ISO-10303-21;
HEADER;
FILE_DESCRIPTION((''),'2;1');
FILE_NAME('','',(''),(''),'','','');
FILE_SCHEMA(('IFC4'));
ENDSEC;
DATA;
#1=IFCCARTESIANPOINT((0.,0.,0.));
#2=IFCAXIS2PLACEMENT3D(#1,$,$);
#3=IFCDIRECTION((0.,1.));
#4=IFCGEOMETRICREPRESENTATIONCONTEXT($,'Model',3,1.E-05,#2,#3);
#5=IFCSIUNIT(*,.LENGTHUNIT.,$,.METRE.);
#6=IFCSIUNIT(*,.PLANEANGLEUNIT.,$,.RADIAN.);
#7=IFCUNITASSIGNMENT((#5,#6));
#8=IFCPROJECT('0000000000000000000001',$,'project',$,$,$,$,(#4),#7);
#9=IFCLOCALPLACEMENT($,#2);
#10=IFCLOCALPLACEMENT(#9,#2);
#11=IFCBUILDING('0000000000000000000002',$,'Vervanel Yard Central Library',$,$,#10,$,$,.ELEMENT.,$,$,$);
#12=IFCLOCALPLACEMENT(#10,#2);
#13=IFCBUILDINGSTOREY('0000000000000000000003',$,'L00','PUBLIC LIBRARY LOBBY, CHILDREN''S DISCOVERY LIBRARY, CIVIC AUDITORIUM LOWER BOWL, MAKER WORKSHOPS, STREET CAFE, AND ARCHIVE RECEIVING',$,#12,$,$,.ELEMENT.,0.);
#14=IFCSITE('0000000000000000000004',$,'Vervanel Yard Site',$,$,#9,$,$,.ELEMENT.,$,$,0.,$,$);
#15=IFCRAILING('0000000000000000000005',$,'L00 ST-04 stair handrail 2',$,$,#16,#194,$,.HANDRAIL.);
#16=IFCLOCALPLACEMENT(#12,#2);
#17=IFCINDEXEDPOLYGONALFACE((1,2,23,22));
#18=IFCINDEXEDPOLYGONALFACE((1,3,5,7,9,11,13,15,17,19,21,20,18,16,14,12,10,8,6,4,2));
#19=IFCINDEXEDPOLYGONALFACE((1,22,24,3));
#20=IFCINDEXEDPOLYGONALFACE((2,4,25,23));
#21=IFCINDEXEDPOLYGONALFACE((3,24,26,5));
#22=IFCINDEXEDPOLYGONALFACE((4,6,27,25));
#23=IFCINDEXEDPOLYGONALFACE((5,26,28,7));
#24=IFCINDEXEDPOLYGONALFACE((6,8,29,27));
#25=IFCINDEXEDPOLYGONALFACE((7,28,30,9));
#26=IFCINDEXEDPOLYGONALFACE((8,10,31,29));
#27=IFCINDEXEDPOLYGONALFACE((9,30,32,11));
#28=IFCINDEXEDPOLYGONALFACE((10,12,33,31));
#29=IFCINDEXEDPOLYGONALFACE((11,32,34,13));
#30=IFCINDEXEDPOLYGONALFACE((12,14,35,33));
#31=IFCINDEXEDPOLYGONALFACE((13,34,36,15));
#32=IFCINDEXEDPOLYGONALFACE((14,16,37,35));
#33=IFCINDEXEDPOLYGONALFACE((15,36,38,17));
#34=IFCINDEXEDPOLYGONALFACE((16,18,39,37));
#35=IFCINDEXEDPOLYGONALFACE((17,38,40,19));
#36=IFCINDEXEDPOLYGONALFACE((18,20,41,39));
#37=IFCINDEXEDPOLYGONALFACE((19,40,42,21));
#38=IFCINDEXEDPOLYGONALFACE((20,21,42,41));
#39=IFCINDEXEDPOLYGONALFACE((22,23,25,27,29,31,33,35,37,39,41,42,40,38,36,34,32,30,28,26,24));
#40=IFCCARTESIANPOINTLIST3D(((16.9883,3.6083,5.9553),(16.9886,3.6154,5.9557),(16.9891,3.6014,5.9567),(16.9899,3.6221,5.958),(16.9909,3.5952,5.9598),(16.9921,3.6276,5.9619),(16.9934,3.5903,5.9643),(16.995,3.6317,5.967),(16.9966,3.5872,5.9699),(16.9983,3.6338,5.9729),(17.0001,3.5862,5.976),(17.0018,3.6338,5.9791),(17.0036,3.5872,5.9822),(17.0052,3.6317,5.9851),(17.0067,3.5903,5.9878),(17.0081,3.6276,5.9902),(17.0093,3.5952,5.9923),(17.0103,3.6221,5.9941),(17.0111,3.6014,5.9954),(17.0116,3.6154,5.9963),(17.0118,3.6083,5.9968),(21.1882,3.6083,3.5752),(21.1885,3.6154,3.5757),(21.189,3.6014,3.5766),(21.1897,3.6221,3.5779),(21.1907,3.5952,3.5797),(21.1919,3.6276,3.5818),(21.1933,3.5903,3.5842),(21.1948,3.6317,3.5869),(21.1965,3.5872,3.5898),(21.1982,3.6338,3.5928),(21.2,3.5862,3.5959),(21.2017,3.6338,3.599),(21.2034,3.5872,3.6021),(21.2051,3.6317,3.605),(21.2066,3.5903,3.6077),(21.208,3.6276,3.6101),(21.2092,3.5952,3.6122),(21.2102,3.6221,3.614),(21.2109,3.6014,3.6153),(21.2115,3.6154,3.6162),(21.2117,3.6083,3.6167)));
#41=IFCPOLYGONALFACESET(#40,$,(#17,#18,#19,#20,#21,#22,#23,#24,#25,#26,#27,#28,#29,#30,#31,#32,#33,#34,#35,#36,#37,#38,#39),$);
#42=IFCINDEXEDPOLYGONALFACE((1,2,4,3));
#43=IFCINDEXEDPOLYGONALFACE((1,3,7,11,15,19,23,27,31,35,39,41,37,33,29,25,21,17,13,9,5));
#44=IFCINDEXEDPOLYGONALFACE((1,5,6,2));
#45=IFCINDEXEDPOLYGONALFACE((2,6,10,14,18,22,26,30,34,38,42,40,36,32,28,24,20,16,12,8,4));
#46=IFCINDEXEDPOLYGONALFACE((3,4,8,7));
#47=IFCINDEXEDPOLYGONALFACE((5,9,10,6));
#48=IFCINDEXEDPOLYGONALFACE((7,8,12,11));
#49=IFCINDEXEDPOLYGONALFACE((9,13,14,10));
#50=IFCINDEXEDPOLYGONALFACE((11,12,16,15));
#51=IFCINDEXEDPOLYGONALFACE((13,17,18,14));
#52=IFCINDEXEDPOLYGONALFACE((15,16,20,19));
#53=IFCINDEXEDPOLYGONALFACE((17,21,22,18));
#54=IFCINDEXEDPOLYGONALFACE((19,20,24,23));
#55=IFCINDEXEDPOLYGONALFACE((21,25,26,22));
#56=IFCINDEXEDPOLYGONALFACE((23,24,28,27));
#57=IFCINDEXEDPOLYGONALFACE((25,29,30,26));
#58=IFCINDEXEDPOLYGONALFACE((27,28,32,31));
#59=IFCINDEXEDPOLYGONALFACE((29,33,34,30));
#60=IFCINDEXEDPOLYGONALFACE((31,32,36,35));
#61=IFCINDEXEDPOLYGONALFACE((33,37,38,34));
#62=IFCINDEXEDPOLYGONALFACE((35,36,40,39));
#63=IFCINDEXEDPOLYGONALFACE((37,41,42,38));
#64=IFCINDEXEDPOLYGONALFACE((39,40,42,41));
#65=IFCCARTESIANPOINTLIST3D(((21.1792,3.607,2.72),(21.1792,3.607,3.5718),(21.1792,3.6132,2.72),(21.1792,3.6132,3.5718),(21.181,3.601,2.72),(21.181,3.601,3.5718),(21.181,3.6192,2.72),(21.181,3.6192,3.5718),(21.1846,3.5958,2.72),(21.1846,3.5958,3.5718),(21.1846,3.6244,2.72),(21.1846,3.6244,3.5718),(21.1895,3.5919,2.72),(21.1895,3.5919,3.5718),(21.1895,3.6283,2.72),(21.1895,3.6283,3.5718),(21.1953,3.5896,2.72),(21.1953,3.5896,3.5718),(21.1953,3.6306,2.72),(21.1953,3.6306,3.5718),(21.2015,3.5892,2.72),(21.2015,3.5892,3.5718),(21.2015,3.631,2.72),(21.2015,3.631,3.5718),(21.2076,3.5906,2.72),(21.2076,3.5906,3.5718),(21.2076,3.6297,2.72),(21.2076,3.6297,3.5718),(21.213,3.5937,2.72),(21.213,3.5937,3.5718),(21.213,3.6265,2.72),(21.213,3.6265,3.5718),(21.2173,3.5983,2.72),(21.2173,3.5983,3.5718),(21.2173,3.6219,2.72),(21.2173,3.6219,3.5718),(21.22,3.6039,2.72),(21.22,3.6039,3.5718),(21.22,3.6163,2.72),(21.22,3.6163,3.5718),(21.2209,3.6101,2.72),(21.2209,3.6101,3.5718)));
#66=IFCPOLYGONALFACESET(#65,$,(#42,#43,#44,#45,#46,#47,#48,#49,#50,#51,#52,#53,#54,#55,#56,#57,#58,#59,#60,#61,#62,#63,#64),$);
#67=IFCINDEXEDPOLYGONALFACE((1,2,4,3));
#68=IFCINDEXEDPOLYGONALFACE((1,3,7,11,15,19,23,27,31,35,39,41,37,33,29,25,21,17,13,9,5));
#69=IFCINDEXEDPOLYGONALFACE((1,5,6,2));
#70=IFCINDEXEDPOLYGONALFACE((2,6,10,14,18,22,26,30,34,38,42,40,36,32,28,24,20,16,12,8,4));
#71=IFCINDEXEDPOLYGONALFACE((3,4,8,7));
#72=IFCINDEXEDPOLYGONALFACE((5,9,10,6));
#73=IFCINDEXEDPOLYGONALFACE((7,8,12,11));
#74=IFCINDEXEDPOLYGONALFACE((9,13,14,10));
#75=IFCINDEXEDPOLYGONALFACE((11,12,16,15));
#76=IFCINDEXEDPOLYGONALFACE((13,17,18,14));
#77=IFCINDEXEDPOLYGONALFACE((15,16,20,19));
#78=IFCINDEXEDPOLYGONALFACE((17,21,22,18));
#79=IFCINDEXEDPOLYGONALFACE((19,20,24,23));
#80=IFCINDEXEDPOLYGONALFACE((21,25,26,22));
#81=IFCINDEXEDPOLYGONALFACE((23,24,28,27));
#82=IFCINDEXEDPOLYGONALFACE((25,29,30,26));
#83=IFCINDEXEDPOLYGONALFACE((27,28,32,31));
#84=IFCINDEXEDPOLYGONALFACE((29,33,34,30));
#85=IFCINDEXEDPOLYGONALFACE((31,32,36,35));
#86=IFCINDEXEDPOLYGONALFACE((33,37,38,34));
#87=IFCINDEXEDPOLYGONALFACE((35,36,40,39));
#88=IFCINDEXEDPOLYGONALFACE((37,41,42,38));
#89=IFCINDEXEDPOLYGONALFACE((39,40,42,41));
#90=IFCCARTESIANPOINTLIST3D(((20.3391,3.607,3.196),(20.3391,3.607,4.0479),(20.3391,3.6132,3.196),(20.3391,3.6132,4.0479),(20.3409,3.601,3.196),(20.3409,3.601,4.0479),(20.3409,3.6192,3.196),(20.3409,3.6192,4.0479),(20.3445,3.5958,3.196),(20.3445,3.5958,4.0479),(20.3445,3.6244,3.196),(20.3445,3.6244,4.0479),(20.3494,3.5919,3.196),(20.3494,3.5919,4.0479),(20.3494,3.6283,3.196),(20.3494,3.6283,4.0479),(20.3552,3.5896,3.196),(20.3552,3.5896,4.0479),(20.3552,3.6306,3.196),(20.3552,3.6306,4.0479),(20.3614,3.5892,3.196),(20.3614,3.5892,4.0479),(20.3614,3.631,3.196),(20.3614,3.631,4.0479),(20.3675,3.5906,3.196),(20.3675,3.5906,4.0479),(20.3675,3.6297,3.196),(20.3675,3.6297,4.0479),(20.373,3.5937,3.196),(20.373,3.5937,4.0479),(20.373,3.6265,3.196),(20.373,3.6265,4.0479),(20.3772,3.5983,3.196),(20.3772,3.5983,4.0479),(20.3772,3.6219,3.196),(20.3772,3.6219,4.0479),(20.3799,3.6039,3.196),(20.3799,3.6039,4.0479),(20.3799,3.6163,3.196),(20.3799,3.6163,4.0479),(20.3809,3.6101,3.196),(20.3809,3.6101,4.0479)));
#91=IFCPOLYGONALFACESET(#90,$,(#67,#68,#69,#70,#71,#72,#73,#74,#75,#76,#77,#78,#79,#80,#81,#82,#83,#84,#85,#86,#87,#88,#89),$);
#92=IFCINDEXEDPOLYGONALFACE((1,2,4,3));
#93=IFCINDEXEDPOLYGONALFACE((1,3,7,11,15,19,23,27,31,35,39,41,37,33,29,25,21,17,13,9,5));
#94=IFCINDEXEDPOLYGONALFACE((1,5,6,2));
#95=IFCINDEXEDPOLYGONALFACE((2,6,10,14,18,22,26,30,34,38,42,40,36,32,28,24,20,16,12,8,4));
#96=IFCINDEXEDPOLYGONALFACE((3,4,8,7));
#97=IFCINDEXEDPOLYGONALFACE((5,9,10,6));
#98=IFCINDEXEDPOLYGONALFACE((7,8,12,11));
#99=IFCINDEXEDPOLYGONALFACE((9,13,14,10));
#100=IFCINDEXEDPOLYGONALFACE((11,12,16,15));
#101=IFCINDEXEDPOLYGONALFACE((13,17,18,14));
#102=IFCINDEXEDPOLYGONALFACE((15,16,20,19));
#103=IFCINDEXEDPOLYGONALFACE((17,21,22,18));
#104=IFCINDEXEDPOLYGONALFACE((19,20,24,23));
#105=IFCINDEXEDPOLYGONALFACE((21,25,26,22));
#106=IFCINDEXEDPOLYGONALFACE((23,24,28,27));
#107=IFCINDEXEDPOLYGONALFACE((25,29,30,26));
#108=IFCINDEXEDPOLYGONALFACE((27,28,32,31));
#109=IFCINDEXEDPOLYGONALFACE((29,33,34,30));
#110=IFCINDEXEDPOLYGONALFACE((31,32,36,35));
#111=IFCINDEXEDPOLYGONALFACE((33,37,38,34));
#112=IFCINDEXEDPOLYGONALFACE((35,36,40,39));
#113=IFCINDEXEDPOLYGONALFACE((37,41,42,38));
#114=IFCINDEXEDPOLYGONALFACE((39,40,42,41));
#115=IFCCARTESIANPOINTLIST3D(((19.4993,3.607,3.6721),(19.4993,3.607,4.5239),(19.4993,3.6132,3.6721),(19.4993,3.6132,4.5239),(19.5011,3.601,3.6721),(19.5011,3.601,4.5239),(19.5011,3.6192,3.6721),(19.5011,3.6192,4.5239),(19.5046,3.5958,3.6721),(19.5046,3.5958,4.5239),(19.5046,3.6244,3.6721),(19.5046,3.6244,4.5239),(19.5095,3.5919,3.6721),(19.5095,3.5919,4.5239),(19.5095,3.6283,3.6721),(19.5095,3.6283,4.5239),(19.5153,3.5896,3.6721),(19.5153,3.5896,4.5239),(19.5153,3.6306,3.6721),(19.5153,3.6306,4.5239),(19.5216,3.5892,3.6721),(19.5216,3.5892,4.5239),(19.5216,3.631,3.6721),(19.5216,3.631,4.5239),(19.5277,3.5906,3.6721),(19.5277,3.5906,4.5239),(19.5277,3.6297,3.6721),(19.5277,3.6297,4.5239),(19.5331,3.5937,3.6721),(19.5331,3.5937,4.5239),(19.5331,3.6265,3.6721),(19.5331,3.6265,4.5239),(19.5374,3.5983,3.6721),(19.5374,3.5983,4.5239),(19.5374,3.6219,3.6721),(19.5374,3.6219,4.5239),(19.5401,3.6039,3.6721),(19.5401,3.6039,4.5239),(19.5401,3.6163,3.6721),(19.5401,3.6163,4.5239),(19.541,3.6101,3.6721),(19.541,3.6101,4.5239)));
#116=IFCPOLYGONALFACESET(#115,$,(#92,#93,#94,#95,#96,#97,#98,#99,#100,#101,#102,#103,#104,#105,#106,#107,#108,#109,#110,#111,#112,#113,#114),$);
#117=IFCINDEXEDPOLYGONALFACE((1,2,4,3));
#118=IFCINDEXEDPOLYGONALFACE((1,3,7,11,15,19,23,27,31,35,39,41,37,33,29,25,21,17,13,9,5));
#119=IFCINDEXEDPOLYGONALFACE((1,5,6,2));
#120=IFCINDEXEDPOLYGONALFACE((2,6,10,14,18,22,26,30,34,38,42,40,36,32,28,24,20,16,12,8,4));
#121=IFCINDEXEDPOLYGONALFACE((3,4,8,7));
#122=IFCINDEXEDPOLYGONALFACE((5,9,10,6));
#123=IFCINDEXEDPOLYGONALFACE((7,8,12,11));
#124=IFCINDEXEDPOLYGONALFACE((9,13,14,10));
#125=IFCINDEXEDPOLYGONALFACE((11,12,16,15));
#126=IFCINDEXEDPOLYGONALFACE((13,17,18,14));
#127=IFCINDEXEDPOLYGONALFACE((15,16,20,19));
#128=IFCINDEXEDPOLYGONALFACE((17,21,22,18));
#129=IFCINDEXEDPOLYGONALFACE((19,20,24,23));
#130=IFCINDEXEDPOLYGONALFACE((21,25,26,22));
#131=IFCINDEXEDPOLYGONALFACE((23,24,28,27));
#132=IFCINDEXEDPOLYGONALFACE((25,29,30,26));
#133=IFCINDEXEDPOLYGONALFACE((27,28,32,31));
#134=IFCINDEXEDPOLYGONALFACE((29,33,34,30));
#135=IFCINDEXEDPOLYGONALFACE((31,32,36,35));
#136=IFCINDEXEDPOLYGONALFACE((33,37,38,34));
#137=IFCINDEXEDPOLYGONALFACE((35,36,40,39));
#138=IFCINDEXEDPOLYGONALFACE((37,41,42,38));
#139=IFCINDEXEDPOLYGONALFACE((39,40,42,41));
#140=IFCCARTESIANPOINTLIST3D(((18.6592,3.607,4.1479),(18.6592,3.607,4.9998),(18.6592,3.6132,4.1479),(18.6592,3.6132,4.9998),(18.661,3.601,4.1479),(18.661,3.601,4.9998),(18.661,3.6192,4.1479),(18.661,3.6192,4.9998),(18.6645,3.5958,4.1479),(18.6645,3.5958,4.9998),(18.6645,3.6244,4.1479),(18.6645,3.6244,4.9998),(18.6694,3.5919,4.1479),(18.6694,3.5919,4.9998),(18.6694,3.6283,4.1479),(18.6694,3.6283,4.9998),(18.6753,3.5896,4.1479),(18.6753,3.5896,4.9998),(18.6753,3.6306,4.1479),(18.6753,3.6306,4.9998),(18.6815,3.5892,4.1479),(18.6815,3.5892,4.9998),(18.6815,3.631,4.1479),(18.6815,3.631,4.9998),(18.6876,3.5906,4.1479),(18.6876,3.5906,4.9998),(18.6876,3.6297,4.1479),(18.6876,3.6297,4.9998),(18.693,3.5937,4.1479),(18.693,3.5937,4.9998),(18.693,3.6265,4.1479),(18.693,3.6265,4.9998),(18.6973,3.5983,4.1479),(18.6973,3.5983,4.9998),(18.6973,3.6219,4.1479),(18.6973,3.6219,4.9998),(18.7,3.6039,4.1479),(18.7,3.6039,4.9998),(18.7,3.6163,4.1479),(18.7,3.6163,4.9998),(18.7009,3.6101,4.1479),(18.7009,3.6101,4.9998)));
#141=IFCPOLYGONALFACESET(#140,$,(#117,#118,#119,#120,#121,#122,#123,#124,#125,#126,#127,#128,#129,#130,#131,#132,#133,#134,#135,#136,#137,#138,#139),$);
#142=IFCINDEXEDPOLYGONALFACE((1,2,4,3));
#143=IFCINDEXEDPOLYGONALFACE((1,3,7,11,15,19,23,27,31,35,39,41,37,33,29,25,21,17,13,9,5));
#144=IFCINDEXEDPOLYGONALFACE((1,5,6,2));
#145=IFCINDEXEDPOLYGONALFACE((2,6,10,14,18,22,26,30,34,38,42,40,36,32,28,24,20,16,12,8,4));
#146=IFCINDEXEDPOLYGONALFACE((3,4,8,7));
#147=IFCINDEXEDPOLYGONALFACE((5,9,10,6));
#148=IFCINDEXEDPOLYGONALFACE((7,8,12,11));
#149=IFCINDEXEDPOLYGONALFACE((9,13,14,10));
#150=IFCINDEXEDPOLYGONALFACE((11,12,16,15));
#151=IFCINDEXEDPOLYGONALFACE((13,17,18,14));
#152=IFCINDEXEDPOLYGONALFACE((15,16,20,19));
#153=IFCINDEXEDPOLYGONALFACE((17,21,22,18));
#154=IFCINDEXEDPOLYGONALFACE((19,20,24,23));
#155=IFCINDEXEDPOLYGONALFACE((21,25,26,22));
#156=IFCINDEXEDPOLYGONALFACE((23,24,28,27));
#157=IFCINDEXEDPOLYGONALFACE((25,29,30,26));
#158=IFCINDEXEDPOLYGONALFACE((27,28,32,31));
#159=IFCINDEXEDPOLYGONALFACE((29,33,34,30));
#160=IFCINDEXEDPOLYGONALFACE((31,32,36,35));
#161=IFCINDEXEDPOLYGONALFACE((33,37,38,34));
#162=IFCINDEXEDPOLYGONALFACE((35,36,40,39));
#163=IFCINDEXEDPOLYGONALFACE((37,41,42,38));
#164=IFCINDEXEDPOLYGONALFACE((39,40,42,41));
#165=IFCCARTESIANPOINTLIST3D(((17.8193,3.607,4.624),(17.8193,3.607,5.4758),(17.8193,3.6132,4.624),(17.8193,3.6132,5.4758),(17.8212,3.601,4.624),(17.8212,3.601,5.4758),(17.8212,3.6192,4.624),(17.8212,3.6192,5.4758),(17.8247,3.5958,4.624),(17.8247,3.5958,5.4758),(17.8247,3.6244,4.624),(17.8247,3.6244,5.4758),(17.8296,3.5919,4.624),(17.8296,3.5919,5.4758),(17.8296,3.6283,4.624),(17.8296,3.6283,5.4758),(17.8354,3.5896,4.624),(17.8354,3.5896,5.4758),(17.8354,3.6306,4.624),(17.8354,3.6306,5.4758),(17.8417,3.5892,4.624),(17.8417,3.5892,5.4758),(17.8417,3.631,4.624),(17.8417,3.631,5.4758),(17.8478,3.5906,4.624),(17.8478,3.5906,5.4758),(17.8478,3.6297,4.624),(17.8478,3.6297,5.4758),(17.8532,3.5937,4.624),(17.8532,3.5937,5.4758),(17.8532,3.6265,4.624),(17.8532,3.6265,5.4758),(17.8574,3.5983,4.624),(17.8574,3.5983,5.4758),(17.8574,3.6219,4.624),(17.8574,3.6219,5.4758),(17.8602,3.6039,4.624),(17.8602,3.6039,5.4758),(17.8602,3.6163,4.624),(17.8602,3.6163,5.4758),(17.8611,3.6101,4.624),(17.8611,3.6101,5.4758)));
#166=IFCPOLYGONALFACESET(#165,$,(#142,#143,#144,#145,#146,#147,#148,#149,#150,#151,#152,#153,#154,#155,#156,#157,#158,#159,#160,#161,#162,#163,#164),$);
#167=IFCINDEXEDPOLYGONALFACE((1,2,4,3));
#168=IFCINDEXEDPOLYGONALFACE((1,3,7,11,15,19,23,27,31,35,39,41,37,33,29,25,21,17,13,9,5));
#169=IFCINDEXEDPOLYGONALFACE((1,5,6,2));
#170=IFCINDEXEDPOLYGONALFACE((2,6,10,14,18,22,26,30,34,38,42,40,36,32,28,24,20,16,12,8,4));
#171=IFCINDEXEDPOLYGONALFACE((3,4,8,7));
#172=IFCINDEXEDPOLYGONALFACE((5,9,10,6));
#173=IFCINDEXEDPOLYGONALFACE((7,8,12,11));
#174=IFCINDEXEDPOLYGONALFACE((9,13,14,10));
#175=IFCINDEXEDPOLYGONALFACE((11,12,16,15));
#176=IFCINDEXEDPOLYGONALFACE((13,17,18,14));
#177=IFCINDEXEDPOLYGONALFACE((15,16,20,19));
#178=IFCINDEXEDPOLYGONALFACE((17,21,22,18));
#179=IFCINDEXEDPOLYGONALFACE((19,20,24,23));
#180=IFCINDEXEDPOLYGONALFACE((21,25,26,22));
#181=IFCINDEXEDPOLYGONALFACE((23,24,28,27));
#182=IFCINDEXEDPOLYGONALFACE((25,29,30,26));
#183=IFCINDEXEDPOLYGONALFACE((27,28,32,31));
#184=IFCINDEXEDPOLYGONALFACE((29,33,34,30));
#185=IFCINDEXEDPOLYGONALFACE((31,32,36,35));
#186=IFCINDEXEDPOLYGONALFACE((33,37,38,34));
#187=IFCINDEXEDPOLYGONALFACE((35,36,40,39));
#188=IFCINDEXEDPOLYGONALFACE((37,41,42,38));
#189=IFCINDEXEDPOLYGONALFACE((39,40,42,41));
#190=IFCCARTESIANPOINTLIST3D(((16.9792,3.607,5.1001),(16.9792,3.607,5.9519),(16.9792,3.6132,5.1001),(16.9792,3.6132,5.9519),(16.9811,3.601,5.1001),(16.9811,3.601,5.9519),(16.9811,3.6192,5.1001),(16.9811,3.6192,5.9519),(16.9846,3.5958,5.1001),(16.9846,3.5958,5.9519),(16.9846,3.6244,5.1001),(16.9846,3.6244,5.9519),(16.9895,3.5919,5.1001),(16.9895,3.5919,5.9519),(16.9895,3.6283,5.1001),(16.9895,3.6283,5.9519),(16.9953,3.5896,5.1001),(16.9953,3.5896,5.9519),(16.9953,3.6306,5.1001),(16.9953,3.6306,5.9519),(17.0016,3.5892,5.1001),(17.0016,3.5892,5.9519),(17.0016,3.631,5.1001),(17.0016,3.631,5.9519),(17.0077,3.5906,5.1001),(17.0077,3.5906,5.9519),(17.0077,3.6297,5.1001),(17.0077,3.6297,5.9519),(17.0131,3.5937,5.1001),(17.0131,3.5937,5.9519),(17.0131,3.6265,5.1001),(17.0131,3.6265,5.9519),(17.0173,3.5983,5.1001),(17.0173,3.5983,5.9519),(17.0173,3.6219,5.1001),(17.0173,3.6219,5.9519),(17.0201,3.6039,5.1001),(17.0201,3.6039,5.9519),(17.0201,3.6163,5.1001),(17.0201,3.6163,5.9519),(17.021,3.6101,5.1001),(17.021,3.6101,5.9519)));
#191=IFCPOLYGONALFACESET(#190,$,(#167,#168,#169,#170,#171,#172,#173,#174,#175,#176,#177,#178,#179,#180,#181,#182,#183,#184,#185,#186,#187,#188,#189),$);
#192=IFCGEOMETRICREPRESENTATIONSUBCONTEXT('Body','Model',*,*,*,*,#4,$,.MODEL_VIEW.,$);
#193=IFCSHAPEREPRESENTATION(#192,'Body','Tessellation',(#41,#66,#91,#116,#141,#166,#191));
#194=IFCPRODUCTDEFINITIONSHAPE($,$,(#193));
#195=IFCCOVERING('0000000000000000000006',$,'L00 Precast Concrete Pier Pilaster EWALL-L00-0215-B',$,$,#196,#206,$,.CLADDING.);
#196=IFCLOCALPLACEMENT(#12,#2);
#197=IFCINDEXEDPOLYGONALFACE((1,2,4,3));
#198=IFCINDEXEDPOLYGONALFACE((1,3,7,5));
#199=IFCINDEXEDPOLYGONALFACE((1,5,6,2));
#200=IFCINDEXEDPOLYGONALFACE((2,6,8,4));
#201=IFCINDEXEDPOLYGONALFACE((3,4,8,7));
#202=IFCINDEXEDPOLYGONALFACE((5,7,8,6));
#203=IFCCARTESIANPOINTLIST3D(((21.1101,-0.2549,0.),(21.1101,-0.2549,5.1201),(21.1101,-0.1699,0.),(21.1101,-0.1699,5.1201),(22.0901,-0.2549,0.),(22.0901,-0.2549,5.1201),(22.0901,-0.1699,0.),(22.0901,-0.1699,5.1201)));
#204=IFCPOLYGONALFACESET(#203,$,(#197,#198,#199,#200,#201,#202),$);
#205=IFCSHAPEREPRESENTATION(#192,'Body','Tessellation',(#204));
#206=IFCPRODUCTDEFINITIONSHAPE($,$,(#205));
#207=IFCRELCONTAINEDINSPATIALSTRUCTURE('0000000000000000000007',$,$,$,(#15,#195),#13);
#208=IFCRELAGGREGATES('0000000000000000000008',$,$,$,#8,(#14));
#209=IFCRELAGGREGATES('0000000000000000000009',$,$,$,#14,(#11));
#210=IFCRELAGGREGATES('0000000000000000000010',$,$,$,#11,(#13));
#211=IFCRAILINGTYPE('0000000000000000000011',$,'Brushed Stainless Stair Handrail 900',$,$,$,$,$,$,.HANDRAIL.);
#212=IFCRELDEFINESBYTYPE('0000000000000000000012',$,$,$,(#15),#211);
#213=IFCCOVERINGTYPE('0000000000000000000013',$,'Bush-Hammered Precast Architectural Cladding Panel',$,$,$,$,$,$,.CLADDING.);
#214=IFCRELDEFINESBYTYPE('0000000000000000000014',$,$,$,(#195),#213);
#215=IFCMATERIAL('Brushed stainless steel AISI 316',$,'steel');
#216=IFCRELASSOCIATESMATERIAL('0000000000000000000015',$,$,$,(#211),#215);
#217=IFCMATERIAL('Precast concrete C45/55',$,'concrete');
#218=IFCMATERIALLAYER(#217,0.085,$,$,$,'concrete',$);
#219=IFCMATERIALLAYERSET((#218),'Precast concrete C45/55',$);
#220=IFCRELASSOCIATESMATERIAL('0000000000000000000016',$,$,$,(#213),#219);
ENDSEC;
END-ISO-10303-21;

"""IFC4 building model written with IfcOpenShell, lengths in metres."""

from ifc_helpers import new_model, si_unit, direction, frame, origin, origin_2d, place, context, subcontext, project, spatial, rectangle, circle, extrude, material, layer, layer_set, type_object, element, save


model = new_model("IFC4")

# Units and contexts
model_context = context("Model", 3, precision=1e-05, world=origin(), true_north=direction((0.0, 1.0)))
body_context = subcontext(model_context, "Body", "Model", "MODEL_VIEW")
ifc_project = project(units=[si_unit("LENGTHUNIT", "METRE"), si_unit("PLANEANGLEUNIT", "RADIAN")], contexts=[model_context])

# Site, building, storey
site_placement = place(None, origin())
site = spatial("IfcSite", under=ifc_project, at=site_placement, Name="Vervanel Yard Site", CompositionType="ELEMENT", RefElevation=0.0)
building_placement = place(site_placement, origin())
building = spatial("IfcBuilding", under=site, at=building_placement, Name="Vervanel Yard Central Library", CompositionType="ELEMENT")
storey_placement = place(building_placement, origin())
storey = spatial("IfcBuildingStorey", under=building, at=storey_placement, Name="L00", Description="PUBLIC LIBRARY LOBBY, CHILDREN'S DISCOVERY LIBRARY, CIVIC AUDITORIUM LOWER BOWL, MAKER WORKSHOPS, STREET CAFE, AND ARCHIVE RECEIVING", CompositionType="ELEMENT", Elevation=0.0)

# Railing
ifc_material_1 = material(Name="Brushed stainless steel AISI 316", Category="steel")
railing_type_1 = type_object("IfcRailingType", Name="Brushed Stainless Stair Handrail 900", PredefinedType="HANDRAIL", material=ifc_material_1)
railing_1_placement = place(storey_placement, frame((21.2, 3.6101, 2.72)))
element("IfcRailing", 1, at=railing_1_placement, inside=storey, type_object=railing_type_1, Name="L00 ST-04 stair handrail 2", PredefinedType="HANDRAIL", context=body_context, shape_type="SweptSolid", body=[
    extrude(circle(Radius=0.0239, at=origin_2d()), frame((0.0, 0.0, 0.876), z_axis=(-0.870008, 0.0, 0.493037), x_axis=(0.0, -1.0, 0.0)), (0.0, 0.0, 1.0), 4.8274),
    extrude(circle(Radius=0.021, at=origin_2d()), origin(), (0.0, 0.0, 1.0), 0.8518),
    extrude(circle(Radius=0.021, at=origin_2d()), frame((-0.8401, 0.0, 0.4761)), (0.0, 0.0, 1.0), 0.8518),
    extrude(circle(Radius=0.021, at=origin_2d()), frame((-1.6799, 0.0, 0.9521)), (0.0, 0.0, 1.0), 0.8518),
    extrude(circle(Radius=0.021, at=origin_2d()), frame((-2.52, 0.0, 1.428)), (0.0, 0.0, 1.0), 0.8518),
    extrude(circle(Radius=0.021, at=origin_2d()), frame((-3.3599, 0.0, 1.9041)), (0.0, 0.0, 1.0), 0.8518),
    extrude(circle(Radius=0.021, at=origin_2d()), frame((-4.2, 0.0, 2.3801)), (0.0, 0.0, 1.0), 0.8518),
])

# Covering
ifc_material_2 = material(Name="Precast concrete C45/55", Category="concrete")
ifc_layer_1 = layer(ifc_material_2, 0.085, Category="concrete")
ifc_layer_set_1 = layer_set([ifc_layer_1], Name="Precast concrete C45/55")
covering_type = type_object("IfcCoveringType", Name="Bush-Hammered Precast Architectural Cladding Panel", PredefinedType="CLADDING", material=ifc_layer_set_1)
covering_1_placement = place(storey_placement, frame((21.6001, -0.2124, 0.0), z_axis=(0.0, 0.0, 1.0), x_axis=(1.0, 0.0, 0.0)))
element("IfcCovering", 2, at=covering_1_placement, inside=storey, type_object=covering_type, Name="L00 Precast Concrete Pier Pilaster EWALL-L00-0215-B", PredefinedType="CLADDING", context=body_context, shape_type="SweptSolid", body=[
    extrude(rectangle(XDim=0.98, YDim=0.085, at=origin_2d()), origin(), (0.0, 0.0, 1.0), 5.1201),
])

save(model, "model.ifc")
